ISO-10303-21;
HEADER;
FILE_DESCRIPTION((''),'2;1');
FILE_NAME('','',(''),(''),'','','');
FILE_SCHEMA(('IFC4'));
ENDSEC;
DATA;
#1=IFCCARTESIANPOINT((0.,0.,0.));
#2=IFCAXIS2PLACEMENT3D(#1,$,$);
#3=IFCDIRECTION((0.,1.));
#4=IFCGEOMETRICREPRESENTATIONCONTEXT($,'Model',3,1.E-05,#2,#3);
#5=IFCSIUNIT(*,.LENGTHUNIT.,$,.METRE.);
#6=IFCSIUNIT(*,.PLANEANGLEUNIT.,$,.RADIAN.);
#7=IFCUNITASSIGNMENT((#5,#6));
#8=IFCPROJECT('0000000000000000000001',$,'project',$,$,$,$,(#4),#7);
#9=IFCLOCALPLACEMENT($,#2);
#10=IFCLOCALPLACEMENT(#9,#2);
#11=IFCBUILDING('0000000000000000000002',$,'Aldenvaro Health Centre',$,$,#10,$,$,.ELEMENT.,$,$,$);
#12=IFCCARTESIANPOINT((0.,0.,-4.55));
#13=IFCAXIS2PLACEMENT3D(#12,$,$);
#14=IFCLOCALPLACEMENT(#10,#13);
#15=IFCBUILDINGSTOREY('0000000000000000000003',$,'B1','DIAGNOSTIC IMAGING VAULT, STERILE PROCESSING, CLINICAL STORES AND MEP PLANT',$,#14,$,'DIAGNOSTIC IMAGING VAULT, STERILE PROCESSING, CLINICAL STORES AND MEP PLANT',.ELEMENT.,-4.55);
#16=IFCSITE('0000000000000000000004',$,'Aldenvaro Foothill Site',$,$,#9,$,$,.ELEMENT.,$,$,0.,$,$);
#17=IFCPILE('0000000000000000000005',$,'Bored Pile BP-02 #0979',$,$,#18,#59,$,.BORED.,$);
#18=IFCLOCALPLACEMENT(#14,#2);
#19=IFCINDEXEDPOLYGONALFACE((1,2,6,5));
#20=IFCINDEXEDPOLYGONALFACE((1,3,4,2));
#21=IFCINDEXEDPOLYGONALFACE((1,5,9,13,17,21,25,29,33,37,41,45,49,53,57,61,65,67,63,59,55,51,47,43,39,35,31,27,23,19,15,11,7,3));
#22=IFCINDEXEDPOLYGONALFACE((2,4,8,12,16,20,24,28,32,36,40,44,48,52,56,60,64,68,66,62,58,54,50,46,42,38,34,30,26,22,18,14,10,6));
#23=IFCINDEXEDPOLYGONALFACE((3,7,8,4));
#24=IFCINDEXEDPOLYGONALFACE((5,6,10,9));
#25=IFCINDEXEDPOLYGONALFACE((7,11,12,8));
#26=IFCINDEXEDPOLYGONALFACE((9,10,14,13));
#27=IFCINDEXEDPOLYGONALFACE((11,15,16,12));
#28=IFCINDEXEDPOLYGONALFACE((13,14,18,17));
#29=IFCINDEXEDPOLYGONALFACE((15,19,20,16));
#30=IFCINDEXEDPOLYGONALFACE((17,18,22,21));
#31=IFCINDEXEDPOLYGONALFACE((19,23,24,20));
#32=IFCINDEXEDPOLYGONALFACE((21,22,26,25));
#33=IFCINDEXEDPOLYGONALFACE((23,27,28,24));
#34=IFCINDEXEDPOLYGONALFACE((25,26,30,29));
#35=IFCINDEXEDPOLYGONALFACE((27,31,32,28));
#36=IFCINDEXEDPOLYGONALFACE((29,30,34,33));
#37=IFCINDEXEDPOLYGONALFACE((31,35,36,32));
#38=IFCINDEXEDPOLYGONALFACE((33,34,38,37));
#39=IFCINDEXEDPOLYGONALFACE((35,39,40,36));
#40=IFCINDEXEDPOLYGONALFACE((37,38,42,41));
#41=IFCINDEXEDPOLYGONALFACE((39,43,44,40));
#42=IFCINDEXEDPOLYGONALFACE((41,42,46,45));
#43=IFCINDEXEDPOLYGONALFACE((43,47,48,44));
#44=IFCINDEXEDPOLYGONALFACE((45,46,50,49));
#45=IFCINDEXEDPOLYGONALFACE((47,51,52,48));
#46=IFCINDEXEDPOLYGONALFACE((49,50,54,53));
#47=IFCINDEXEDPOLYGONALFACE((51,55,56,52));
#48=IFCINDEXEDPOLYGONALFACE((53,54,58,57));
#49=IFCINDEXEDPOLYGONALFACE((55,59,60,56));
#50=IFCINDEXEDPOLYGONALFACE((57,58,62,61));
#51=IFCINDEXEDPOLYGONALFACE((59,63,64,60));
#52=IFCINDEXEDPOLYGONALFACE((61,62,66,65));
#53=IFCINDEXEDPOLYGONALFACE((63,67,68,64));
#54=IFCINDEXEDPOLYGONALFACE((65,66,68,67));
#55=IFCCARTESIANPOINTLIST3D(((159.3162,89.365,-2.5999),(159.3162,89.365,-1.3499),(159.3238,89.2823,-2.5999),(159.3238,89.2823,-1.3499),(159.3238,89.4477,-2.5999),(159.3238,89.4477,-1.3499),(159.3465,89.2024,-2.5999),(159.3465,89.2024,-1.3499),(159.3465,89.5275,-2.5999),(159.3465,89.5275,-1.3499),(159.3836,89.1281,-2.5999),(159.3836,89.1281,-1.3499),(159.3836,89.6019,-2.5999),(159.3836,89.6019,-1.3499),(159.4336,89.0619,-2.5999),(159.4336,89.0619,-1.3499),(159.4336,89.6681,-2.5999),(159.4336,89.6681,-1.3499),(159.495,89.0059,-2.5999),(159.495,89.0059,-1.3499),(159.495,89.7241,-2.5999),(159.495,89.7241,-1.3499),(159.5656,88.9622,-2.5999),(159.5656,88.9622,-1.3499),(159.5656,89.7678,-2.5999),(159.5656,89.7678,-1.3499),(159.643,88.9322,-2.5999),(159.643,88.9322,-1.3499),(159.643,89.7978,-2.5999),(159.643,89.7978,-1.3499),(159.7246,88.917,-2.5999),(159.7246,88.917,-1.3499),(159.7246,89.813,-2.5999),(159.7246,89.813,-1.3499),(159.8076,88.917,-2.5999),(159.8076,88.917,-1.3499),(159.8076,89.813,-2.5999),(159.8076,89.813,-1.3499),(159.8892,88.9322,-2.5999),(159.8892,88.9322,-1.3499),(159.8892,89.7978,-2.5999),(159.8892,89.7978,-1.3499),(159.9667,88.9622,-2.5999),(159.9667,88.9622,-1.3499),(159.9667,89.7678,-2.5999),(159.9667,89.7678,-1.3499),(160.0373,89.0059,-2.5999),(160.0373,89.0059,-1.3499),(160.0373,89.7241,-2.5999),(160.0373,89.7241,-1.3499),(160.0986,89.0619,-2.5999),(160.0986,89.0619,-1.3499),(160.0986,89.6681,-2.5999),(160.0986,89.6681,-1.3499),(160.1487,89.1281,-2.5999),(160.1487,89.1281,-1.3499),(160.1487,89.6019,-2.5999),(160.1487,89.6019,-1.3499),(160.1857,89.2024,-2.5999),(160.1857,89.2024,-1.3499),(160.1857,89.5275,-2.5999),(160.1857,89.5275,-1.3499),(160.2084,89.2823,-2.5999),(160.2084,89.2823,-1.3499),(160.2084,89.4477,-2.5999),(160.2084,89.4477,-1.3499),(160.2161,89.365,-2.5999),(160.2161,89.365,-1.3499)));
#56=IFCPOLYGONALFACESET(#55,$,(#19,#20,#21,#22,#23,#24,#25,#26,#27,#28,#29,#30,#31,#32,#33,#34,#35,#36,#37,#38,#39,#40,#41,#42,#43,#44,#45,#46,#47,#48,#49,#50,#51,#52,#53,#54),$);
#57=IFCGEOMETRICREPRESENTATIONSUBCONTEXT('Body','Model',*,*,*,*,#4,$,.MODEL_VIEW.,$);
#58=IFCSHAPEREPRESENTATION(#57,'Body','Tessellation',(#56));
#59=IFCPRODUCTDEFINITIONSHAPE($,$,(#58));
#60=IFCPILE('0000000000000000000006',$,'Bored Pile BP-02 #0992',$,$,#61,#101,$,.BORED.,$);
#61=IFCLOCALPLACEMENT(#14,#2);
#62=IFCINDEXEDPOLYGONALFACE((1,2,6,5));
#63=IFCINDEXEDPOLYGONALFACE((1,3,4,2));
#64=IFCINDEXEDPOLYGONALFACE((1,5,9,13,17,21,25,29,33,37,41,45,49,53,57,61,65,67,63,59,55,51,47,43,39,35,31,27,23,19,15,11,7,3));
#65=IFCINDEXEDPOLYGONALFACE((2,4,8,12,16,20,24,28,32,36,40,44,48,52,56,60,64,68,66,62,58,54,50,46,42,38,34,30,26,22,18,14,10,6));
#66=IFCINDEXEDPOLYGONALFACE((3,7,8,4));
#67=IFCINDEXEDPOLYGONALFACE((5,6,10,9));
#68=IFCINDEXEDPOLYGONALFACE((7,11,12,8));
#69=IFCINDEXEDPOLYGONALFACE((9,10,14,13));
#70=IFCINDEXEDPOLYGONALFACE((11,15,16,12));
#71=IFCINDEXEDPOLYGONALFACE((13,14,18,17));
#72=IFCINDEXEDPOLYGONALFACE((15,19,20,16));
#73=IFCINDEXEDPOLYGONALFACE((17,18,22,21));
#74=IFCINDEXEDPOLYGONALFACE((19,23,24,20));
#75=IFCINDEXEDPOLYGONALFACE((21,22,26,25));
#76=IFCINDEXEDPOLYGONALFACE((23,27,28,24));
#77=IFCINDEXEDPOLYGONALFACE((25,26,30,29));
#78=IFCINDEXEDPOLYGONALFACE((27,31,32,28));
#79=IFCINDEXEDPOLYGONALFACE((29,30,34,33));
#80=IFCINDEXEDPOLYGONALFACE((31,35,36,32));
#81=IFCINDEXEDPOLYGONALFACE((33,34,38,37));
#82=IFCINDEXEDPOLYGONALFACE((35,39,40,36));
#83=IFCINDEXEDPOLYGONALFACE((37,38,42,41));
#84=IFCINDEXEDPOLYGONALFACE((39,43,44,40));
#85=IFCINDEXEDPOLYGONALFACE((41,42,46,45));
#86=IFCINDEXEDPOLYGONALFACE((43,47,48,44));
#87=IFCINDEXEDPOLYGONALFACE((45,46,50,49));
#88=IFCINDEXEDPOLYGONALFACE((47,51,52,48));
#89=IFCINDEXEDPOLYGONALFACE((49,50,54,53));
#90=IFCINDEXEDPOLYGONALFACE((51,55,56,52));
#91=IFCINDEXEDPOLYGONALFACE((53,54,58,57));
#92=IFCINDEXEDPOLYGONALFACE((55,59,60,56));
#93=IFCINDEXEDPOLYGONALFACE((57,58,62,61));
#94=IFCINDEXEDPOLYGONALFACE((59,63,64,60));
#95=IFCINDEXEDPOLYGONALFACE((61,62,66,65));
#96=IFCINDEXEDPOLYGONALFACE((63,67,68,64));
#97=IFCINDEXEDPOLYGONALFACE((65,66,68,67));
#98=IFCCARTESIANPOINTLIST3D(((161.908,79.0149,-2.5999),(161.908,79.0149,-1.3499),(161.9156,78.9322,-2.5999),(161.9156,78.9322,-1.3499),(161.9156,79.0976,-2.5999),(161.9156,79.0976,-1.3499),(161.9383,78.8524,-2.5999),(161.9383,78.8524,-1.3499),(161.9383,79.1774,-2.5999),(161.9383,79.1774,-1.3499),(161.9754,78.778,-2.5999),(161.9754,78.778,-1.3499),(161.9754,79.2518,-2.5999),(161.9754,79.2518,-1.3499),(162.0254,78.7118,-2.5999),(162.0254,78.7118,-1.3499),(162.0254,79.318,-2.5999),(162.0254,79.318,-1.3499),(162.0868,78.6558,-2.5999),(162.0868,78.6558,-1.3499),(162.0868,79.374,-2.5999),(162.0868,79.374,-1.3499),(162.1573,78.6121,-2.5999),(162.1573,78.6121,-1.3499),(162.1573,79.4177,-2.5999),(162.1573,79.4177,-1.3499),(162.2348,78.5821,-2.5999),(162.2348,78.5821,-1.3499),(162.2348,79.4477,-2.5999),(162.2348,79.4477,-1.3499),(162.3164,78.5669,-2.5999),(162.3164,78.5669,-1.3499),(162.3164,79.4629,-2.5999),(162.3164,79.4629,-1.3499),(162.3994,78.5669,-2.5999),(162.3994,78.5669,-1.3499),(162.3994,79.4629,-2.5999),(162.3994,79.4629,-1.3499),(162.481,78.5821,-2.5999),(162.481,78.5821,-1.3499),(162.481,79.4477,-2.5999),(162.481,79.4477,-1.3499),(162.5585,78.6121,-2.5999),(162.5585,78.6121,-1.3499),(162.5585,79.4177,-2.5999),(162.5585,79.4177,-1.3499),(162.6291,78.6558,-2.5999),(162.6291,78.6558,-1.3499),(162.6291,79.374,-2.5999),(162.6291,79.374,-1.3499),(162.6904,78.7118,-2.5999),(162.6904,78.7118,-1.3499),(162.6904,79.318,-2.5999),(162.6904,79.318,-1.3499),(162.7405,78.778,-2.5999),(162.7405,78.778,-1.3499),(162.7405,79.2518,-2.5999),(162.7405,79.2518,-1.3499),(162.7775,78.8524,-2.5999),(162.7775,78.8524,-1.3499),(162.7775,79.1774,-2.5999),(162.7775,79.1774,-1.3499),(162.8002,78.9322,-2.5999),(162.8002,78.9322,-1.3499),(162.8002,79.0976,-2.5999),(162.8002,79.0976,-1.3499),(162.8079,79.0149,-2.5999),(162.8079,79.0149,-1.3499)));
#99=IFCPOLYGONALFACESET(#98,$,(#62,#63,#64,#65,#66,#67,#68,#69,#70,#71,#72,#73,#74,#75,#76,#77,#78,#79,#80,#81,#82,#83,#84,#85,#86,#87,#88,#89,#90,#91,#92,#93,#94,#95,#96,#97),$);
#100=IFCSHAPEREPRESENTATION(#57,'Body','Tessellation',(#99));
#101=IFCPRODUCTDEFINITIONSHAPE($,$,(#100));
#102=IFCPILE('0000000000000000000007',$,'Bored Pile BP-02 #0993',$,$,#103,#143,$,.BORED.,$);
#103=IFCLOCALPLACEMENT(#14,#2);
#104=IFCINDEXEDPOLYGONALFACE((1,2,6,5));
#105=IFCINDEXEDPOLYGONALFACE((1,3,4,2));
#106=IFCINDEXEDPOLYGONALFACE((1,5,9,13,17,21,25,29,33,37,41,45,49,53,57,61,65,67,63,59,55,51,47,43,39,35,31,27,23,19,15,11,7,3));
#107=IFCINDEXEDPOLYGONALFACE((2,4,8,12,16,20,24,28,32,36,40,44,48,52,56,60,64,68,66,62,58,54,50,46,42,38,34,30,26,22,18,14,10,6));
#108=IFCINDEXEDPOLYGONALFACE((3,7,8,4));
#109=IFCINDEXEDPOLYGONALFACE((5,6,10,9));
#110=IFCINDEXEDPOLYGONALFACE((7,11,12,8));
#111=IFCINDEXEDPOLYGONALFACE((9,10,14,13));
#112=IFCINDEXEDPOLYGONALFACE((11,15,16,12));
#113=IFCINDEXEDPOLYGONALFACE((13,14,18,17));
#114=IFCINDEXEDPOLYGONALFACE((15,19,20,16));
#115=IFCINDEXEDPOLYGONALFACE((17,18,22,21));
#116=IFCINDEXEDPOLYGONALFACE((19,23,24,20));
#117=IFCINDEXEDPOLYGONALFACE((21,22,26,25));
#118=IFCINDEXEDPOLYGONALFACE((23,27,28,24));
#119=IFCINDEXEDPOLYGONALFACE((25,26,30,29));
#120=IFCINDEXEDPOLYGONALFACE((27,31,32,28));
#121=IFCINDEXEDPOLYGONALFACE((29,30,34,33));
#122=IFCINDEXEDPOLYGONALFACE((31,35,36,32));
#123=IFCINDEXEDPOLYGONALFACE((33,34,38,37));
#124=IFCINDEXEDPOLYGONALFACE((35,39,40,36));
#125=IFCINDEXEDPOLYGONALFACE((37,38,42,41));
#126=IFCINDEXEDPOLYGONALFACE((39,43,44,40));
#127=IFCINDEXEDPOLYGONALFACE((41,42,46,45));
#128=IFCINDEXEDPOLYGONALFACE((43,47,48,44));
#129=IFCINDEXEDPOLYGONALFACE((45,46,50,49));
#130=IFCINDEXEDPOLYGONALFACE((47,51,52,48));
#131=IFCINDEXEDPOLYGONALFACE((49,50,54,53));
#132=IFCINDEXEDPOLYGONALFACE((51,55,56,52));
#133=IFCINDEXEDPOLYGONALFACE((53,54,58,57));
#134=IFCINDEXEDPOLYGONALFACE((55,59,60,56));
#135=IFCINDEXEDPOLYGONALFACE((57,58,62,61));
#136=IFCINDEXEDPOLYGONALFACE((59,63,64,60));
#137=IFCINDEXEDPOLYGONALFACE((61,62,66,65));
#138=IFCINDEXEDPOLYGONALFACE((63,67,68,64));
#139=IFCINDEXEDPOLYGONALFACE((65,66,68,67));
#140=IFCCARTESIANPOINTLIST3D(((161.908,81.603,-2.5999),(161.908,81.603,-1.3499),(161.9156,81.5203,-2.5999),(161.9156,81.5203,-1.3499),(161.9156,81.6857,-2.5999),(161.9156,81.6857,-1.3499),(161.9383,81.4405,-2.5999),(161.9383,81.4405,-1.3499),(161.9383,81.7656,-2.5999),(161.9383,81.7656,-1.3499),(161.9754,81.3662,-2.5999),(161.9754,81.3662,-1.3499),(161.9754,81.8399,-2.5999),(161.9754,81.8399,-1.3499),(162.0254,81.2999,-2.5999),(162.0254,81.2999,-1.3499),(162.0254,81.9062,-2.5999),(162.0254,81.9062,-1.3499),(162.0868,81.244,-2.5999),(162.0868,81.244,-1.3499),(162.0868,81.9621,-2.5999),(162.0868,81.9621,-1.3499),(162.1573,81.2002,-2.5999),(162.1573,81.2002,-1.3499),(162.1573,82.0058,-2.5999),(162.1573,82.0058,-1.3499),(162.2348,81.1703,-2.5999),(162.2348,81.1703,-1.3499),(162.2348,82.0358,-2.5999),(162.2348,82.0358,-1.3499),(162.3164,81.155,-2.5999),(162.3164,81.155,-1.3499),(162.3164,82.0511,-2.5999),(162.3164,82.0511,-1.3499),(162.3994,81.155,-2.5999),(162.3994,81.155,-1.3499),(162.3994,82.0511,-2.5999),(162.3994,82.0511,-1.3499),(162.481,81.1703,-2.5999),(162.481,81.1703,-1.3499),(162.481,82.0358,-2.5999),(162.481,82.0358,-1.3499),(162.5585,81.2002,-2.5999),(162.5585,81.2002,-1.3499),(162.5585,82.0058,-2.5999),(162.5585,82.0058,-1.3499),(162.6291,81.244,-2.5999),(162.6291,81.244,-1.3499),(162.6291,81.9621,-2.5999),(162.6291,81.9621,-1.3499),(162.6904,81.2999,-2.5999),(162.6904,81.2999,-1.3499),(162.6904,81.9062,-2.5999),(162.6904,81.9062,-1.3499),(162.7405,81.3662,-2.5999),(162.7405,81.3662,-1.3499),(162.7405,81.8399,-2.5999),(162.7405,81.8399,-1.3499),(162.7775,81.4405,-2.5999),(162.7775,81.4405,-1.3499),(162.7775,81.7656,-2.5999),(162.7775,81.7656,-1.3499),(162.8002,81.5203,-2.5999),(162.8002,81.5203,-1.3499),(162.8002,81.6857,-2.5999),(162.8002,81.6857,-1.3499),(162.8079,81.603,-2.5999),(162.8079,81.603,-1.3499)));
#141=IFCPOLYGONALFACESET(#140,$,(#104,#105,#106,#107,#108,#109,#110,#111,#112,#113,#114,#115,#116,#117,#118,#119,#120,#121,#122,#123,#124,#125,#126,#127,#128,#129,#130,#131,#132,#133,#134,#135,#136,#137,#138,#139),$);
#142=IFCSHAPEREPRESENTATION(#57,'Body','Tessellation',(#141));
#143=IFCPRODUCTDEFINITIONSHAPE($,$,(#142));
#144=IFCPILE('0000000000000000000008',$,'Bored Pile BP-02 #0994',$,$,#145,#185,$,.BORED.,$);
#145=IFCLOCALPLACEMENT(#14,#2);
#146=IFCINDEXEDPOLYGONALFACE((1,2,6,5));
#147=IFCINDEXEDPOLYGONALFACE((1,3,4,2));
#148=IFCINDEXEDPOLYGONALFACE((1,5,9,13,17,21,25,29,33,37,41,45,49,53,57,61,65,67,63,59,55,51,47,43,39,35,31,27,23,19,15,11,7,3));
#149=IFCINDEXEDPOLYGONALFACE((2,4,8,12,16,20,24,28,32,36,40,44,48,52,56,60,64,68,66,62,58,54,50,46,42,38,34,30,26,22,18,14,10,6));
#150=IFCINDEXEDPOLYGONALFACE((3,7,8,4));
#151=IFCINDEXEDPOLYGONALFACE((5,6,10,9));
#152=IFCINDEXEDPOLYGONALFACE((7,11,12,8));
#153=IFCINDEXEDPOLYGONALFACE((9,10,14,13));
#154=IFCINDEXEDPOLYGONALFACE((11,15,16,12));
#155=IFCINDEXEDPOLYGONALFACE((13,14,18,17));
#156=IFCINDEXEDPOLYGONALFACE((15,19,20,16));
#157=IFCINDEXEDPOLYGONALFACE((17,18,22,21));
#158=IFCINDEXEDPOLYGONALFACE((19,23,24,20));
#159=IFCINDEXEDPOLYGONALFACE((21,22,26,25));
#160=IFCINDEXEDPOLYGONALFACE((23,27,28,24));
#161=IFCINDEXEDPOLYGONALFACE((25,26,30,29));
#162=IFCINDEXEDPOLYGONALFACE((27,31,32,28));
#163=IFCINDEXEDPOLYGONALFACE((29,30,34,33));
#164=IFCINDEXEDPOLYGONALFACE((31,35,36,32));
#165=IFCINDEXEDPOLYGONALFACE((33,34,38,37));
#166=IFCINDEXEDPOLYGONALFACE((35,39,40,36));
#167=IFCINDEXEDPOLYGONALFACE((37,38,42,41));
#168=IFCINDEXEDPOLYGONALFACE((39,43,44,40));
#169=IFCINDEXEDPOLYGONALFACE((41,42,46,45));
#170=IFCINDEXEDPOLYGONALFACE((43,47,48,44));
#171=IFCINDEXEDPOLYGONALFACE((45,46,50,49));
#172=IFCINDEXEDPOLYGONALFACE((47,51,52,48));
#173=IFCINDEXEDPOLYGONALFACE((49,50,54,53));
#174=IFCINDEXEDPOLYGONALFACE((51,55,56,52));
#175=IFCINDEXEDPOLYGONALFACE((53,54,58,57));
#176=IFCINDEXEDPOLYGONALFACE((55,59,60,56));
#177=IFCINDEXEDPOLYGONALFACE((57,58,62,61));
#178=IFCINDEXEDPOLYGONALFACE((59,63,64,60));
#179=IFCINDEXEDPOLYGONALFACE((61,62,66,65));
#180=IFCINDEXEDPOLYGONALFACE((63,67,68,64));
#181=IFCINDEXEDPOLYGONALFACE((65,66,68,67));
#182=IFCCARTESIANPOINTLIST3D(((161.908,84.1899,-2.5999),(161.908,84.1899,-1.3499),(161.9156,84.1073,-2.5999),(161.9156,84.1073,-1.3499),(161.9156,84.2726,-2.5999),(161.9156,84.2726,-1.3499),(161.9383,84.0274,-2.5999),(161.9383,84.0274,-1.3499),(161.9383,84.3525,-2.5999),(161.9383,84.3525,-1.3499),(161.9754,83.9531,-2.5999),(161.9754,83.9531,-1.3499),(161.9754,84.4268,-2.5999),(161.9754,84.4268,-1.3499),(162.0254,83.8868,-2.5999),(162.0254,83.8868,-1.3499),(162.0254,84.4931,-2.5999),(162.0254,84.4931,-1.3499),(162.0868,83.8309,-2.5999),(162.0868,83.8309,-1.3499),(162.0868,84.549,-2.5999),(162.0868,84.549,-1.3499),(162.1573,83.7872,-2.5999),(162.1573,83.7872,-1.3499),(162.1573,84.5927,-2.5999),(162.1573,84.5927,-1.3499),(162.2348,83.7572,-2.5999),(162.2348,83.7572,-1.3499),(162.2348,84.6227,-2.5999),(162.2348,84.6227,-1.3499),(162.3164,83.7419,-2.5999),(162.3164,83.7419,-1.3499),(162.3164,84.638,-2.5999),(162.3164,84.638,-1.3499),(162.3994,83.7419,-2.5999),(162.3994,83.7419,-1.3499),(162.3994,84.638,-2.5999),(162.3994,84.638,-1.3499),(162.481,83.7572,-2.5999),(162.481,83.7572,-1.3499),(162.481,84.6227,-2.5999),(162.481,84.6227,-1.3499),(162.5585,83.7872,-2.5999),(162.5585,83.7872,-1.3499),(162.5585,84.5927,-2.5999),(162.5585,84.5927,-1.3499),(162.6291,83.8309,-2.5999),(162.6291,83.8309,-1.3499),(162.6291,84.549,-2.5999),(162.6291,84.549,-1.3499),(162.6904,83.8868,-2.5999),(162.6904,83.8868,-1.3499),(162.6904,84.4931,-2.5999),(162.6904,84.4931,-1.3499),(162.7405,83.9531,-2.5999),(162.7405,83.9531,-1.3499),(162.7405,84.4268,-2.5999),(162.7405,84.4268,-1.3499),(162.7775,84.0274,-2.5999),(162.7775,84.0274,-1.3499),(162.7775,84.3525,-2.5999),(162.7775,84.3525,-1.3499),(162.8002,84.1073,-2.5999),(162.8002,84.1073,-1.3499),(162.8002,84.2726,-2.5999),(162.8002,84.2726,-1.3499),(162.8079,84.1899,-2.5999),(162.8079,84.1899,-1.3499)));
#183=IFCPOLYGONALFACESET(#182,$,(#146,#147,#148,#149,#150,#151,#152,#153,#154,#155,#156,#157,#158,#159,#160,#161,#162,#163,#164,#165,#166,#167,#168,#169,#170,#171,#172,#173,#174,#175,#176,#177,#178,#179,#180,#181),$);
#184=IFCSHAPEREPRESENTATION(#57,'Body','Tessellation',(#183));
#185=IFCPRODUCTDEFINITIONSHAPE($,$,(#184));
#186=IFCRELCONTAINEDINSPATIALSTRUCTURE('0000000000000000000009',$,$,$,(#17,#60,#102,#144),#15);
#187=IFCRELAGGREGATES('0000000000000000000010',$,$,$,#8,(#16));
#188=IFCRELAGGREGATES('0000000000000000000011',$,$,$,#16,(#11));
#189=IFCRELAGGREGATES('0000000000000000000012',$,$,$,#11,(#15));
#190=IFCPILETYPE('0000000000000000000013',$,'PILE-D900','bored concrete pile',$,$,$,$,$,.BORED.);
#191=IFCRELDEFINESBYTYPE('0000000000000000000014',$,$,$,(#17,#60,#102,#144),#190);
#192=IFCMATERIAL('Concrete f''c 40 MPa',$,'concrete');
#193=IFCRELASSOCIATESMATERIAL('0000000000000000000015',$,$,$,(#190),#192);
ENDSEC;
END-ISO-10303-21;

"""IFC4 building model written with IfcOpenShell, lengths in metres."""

from ifc_helpers import new_model, si_unit, direction, frame, origin, origin_2d, place, context, subcontext, project, spatial, circle, extrude, material, material_profile, profile_set, type_object, element, save


model = new_model("IFC4")

# Units and contexts
model_context = context("Model", 3, precision=1e-05, world=origin(), true_north=direction((0.0, 1.0)))
body_context = subcontext(model_context, "Body", "Model", "MODEL_VIEW")
ifc_project = project(units=[si_unit("LENGTHUNIT", "METRE"), si_unit("PLANEANGLEUNIT", "RADIAN")], contexts=[model_context])

# Site, building, storey
site_placement = place(None, origin())
site = spatial("IfcSite", under=ifc_project, at=site_placement, Name="Aldenvaro Foothill Site", CompositionType="ELEMENT", RefElevation=0.0)
building_placement = place(site_placement, origin())
building = spatial("IfcBuilding", under=site, at=building_placement, Name="Aldenvaro Health Centre", CompositionType="ELEMENT")
storey_placement = place(building_placement, frame((0.0, 0.0, -4.55)))
storey = spatial("IfcBuildingStorey", under=building, at=storey_placement, Name="B1", Description="DIAGNOSTIC IMAGING VAULT, STERILE PROCESSING, CLINICAL STORES AND MEP PLANT", LongName="DIAGNOSTIC IMAGING VAULT, STERILE PROCESSING, CLINICAL STORES AND MEP PLANT", CompositionType="ELEMENT", Elevation=-4.55)

# Piles
ifc_material_1 = material(Name="Concrete f'c 40 MPa", Category="concrete")
ifc_material_profile_1 = material_profile(ifc_material_1, circle(Radius=0.45, at=origin_2d()), Name="PILE D900", Category="concrete")
ifc_profile_set_1 = profile_set([ifc_material_profile_1], Name="Concrete f'c 40 MPa")
pile_type = type_object("IfcPileType", Name="PILE-D900", Description="bored concrete pile", PredefinedType="BORED", material=ifc_profile_set_1)
for number, where, z_axis, x_axis, name in (
    (1, (159.7661, 89.365, -1.3499), (0.0, 0.0, -1.0), (1.0, 0.0, 0.0), "Bored Pile BP-02 #0979"),
    (2, (162.3579, 79.0149, -1.3499), (0.0, 0.0, -1.0), (1.0, 0.0, 0.0), "Bored Pile BP-02 #0992"),
    (3, (162.3579, 81.603, -1.3499), (0.0, 0.0, -1.0), (1.0, 0.0, 0.0), "Bored Pile BP-02 #0993"),
    (4, (162.3579, 84.1899, -1.3499), (0.0, 0.0, -1.0), (1.0, 0.0, 0.0), "Bored Pile BP-02 #0994"),
):
    element("IfcPile", number, at=place(storey_placement, frame(where, z_axis=z_axis, x_axis=x_axis)), inside=storey, type_object=pile_type, Name=name, PredefinedType="BORED", context=body_context, shape_type="SweptSolid", body=[
        extrude(circle(Radius=0.45, at=origin_2d()), origin(), (0.0, 0.0, 1.0), 1.25),
    ])

save(model, "model.ifc")
